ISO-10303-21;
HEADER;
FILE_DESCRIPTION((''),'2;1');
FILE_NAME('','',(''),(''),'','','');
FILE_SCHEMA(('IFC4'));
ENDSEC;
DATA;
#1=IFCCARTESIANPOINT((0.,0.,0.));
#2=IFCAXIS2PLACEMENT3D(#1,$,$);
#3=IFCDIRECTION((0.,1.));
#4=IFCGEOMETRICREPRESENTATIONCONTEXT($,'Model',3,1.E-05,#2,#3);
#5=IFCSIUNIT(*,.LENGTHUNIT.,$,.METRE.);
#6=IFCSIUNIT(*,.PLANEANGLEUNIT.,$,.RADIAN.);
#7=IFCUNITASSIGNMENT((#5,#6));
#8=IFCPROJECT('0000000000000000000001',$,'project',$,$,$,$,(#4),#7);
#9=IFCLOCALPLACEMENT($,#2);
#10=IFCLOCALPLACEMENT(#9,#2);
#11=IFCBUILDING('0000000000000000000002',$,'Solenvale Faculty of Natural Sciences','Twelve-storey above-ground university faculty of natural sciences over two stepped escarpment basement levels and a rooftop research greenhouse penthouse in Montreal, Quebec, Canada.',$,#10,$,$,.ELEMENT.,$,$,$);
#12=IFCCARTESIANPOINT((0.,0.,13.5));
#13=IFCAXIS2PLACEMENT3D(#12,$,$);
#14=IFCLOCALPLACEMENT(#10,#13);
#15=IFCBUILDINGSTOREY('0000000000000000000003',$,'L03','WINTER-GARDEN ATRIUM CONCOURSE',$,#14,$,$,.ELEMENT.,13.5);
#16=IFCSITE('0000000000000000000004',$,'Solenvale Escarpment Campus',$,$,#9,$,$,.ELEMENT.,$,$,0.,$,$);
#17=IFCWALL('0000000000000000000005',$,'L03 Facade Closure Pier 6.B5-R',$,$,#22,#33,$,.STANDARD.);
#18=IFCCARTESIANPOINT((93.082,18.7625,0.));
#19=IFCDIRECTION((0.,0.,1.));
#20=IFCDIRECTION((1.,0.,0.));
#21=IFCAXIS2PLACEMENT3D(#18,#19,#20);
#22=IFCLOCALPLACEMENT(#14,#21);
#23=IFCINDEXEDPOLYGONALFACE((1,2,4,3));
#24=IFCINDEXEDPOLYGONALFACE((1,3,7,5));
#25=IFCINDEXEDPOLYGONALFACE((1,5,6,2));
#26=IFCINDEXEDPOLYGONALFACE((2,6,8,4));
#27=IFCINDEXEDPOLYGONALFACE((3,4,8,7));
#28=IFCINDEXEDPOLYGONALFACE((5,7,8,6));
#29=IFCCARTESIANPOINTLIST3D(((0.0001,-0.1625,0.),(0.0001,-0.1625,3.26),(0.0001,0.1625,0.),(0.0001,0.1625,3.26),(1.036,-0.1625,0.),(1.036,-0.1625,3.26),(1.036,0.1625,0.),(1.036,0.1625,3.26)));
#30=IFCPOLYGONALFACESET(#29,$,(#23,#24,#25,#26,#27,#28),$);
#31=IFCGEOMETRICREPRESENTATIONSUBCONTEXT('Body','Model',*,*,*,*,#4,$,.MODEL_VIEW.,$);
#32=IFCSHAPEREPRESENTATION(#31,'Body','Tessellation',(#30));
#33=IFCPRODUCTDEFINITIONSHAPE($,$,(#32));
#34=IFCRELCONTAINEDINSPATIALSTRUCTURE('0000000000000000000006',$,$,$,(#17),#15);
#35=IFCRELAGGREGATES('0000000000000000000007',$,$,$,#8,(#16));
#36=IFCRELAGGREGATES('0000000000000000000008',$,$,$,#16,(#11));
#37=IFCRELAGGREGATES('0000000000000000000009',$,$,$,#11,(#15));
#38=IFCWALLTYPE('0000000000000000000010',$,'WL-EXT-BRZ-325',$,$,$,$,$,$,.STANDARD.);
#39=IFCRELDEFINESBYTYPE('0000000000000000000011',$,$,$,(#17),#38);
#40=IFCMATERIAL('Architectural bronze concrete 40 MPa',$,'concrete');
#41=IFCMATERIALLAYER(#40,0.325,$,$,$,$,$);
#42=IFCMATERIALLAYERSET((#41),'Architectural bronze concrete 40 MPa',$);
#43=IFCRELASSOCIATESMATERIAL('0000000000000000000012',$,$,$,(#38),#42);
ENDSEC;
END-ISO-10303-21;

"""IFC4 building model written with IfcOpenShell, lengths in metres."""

from ifc_helpers import new_model, si_unit, direction, frame, frame_2d, origin, place, context, subcontext, project, spatial, rectangle, extrude, material, layer, layer_set, type_object, element, save


model = new_model("IFC4")

# Units and contexts
model_context = context("Model", 3, precision=1e-05, world=origin(), true_north=direction((0.0, 1.0)))
body_context = subcontext(model_context, "Body", "Model", "MODEL_VIEW")
ifc_project = project(units=[si_unit("LENGTHUNIT", "METRE"), si_unit("PLANEANGLEUNIT", "RADIAN")], contexts=[model_context])

# Site, building, storey
site_placement = place(None, origin())
site = spatial("IfcSite", under=ifc_project, at=site_placement, Name="Solenvale Escarpment Campus", CompositionType="ELEMENT", RefElevation=0.0)
building_placement = place(site_placement, origin())
building = spatial("IfcBuilding", under=site, at=building_placement, Name="Solenvale Faculty of Natural Sciences", Description="Twelve-storey above-ground university faculty of natural sciences over two stepped escarpment basement levels and a rooftop research greenhouse penthouse in Montreal, Quebec, Canada.", CompositionType="ELEMENT")
storey_placement = place(building_placement, frame((0.0, 0.0, 13.5)))
storey = spatial("IfcBuildingStorey", under=building, at=storey_placement, Name="L03", Description="WINTER-GARDEN ATRIUM CONCOURSE", CompositionType="ELEMENT", Elevation=13.5)

# Shared definitions
ifc_material_1 = material(Name="Architectural bronze concrete 40 MPa", Category="concrete")

# Wall
ifc_layer_1 = layer(ifc_material_1, 0.325)
ifc_layer_set_1 = layer_set([ifc_layer_1], Name="Architectural bronze concrete 40 MPa")
wall_type_1 = type_object("IfcWallType", Name="WL-EXT-BRZ-325", PredefinedType="STANDARD", material=ifc_layer_set_1)
wall_1_placement = place(storey_placement, frame((93.082, 18.7625, 0.0), z_axis=(0.0, 0.0, 1.0), x_axis=(1.0, 0.0, 0.0)))
element("IfcWall", 1, at=wall_1_placement, inside=storey, type_object=wall_type_1, Name="L03 Facade Closure Pier 6.B5-R", PredefinedType="STANDARD", context=body_context, shape_type="SweptSolid", body=[
    extrude(rectangle(XDim=1.0359, YDim=0.325, at=frame_2d((0.5181, 0.0))), origin(), (0.0, 0.0, 1.0), 3.26),
])

save(model, "model.ifc")
